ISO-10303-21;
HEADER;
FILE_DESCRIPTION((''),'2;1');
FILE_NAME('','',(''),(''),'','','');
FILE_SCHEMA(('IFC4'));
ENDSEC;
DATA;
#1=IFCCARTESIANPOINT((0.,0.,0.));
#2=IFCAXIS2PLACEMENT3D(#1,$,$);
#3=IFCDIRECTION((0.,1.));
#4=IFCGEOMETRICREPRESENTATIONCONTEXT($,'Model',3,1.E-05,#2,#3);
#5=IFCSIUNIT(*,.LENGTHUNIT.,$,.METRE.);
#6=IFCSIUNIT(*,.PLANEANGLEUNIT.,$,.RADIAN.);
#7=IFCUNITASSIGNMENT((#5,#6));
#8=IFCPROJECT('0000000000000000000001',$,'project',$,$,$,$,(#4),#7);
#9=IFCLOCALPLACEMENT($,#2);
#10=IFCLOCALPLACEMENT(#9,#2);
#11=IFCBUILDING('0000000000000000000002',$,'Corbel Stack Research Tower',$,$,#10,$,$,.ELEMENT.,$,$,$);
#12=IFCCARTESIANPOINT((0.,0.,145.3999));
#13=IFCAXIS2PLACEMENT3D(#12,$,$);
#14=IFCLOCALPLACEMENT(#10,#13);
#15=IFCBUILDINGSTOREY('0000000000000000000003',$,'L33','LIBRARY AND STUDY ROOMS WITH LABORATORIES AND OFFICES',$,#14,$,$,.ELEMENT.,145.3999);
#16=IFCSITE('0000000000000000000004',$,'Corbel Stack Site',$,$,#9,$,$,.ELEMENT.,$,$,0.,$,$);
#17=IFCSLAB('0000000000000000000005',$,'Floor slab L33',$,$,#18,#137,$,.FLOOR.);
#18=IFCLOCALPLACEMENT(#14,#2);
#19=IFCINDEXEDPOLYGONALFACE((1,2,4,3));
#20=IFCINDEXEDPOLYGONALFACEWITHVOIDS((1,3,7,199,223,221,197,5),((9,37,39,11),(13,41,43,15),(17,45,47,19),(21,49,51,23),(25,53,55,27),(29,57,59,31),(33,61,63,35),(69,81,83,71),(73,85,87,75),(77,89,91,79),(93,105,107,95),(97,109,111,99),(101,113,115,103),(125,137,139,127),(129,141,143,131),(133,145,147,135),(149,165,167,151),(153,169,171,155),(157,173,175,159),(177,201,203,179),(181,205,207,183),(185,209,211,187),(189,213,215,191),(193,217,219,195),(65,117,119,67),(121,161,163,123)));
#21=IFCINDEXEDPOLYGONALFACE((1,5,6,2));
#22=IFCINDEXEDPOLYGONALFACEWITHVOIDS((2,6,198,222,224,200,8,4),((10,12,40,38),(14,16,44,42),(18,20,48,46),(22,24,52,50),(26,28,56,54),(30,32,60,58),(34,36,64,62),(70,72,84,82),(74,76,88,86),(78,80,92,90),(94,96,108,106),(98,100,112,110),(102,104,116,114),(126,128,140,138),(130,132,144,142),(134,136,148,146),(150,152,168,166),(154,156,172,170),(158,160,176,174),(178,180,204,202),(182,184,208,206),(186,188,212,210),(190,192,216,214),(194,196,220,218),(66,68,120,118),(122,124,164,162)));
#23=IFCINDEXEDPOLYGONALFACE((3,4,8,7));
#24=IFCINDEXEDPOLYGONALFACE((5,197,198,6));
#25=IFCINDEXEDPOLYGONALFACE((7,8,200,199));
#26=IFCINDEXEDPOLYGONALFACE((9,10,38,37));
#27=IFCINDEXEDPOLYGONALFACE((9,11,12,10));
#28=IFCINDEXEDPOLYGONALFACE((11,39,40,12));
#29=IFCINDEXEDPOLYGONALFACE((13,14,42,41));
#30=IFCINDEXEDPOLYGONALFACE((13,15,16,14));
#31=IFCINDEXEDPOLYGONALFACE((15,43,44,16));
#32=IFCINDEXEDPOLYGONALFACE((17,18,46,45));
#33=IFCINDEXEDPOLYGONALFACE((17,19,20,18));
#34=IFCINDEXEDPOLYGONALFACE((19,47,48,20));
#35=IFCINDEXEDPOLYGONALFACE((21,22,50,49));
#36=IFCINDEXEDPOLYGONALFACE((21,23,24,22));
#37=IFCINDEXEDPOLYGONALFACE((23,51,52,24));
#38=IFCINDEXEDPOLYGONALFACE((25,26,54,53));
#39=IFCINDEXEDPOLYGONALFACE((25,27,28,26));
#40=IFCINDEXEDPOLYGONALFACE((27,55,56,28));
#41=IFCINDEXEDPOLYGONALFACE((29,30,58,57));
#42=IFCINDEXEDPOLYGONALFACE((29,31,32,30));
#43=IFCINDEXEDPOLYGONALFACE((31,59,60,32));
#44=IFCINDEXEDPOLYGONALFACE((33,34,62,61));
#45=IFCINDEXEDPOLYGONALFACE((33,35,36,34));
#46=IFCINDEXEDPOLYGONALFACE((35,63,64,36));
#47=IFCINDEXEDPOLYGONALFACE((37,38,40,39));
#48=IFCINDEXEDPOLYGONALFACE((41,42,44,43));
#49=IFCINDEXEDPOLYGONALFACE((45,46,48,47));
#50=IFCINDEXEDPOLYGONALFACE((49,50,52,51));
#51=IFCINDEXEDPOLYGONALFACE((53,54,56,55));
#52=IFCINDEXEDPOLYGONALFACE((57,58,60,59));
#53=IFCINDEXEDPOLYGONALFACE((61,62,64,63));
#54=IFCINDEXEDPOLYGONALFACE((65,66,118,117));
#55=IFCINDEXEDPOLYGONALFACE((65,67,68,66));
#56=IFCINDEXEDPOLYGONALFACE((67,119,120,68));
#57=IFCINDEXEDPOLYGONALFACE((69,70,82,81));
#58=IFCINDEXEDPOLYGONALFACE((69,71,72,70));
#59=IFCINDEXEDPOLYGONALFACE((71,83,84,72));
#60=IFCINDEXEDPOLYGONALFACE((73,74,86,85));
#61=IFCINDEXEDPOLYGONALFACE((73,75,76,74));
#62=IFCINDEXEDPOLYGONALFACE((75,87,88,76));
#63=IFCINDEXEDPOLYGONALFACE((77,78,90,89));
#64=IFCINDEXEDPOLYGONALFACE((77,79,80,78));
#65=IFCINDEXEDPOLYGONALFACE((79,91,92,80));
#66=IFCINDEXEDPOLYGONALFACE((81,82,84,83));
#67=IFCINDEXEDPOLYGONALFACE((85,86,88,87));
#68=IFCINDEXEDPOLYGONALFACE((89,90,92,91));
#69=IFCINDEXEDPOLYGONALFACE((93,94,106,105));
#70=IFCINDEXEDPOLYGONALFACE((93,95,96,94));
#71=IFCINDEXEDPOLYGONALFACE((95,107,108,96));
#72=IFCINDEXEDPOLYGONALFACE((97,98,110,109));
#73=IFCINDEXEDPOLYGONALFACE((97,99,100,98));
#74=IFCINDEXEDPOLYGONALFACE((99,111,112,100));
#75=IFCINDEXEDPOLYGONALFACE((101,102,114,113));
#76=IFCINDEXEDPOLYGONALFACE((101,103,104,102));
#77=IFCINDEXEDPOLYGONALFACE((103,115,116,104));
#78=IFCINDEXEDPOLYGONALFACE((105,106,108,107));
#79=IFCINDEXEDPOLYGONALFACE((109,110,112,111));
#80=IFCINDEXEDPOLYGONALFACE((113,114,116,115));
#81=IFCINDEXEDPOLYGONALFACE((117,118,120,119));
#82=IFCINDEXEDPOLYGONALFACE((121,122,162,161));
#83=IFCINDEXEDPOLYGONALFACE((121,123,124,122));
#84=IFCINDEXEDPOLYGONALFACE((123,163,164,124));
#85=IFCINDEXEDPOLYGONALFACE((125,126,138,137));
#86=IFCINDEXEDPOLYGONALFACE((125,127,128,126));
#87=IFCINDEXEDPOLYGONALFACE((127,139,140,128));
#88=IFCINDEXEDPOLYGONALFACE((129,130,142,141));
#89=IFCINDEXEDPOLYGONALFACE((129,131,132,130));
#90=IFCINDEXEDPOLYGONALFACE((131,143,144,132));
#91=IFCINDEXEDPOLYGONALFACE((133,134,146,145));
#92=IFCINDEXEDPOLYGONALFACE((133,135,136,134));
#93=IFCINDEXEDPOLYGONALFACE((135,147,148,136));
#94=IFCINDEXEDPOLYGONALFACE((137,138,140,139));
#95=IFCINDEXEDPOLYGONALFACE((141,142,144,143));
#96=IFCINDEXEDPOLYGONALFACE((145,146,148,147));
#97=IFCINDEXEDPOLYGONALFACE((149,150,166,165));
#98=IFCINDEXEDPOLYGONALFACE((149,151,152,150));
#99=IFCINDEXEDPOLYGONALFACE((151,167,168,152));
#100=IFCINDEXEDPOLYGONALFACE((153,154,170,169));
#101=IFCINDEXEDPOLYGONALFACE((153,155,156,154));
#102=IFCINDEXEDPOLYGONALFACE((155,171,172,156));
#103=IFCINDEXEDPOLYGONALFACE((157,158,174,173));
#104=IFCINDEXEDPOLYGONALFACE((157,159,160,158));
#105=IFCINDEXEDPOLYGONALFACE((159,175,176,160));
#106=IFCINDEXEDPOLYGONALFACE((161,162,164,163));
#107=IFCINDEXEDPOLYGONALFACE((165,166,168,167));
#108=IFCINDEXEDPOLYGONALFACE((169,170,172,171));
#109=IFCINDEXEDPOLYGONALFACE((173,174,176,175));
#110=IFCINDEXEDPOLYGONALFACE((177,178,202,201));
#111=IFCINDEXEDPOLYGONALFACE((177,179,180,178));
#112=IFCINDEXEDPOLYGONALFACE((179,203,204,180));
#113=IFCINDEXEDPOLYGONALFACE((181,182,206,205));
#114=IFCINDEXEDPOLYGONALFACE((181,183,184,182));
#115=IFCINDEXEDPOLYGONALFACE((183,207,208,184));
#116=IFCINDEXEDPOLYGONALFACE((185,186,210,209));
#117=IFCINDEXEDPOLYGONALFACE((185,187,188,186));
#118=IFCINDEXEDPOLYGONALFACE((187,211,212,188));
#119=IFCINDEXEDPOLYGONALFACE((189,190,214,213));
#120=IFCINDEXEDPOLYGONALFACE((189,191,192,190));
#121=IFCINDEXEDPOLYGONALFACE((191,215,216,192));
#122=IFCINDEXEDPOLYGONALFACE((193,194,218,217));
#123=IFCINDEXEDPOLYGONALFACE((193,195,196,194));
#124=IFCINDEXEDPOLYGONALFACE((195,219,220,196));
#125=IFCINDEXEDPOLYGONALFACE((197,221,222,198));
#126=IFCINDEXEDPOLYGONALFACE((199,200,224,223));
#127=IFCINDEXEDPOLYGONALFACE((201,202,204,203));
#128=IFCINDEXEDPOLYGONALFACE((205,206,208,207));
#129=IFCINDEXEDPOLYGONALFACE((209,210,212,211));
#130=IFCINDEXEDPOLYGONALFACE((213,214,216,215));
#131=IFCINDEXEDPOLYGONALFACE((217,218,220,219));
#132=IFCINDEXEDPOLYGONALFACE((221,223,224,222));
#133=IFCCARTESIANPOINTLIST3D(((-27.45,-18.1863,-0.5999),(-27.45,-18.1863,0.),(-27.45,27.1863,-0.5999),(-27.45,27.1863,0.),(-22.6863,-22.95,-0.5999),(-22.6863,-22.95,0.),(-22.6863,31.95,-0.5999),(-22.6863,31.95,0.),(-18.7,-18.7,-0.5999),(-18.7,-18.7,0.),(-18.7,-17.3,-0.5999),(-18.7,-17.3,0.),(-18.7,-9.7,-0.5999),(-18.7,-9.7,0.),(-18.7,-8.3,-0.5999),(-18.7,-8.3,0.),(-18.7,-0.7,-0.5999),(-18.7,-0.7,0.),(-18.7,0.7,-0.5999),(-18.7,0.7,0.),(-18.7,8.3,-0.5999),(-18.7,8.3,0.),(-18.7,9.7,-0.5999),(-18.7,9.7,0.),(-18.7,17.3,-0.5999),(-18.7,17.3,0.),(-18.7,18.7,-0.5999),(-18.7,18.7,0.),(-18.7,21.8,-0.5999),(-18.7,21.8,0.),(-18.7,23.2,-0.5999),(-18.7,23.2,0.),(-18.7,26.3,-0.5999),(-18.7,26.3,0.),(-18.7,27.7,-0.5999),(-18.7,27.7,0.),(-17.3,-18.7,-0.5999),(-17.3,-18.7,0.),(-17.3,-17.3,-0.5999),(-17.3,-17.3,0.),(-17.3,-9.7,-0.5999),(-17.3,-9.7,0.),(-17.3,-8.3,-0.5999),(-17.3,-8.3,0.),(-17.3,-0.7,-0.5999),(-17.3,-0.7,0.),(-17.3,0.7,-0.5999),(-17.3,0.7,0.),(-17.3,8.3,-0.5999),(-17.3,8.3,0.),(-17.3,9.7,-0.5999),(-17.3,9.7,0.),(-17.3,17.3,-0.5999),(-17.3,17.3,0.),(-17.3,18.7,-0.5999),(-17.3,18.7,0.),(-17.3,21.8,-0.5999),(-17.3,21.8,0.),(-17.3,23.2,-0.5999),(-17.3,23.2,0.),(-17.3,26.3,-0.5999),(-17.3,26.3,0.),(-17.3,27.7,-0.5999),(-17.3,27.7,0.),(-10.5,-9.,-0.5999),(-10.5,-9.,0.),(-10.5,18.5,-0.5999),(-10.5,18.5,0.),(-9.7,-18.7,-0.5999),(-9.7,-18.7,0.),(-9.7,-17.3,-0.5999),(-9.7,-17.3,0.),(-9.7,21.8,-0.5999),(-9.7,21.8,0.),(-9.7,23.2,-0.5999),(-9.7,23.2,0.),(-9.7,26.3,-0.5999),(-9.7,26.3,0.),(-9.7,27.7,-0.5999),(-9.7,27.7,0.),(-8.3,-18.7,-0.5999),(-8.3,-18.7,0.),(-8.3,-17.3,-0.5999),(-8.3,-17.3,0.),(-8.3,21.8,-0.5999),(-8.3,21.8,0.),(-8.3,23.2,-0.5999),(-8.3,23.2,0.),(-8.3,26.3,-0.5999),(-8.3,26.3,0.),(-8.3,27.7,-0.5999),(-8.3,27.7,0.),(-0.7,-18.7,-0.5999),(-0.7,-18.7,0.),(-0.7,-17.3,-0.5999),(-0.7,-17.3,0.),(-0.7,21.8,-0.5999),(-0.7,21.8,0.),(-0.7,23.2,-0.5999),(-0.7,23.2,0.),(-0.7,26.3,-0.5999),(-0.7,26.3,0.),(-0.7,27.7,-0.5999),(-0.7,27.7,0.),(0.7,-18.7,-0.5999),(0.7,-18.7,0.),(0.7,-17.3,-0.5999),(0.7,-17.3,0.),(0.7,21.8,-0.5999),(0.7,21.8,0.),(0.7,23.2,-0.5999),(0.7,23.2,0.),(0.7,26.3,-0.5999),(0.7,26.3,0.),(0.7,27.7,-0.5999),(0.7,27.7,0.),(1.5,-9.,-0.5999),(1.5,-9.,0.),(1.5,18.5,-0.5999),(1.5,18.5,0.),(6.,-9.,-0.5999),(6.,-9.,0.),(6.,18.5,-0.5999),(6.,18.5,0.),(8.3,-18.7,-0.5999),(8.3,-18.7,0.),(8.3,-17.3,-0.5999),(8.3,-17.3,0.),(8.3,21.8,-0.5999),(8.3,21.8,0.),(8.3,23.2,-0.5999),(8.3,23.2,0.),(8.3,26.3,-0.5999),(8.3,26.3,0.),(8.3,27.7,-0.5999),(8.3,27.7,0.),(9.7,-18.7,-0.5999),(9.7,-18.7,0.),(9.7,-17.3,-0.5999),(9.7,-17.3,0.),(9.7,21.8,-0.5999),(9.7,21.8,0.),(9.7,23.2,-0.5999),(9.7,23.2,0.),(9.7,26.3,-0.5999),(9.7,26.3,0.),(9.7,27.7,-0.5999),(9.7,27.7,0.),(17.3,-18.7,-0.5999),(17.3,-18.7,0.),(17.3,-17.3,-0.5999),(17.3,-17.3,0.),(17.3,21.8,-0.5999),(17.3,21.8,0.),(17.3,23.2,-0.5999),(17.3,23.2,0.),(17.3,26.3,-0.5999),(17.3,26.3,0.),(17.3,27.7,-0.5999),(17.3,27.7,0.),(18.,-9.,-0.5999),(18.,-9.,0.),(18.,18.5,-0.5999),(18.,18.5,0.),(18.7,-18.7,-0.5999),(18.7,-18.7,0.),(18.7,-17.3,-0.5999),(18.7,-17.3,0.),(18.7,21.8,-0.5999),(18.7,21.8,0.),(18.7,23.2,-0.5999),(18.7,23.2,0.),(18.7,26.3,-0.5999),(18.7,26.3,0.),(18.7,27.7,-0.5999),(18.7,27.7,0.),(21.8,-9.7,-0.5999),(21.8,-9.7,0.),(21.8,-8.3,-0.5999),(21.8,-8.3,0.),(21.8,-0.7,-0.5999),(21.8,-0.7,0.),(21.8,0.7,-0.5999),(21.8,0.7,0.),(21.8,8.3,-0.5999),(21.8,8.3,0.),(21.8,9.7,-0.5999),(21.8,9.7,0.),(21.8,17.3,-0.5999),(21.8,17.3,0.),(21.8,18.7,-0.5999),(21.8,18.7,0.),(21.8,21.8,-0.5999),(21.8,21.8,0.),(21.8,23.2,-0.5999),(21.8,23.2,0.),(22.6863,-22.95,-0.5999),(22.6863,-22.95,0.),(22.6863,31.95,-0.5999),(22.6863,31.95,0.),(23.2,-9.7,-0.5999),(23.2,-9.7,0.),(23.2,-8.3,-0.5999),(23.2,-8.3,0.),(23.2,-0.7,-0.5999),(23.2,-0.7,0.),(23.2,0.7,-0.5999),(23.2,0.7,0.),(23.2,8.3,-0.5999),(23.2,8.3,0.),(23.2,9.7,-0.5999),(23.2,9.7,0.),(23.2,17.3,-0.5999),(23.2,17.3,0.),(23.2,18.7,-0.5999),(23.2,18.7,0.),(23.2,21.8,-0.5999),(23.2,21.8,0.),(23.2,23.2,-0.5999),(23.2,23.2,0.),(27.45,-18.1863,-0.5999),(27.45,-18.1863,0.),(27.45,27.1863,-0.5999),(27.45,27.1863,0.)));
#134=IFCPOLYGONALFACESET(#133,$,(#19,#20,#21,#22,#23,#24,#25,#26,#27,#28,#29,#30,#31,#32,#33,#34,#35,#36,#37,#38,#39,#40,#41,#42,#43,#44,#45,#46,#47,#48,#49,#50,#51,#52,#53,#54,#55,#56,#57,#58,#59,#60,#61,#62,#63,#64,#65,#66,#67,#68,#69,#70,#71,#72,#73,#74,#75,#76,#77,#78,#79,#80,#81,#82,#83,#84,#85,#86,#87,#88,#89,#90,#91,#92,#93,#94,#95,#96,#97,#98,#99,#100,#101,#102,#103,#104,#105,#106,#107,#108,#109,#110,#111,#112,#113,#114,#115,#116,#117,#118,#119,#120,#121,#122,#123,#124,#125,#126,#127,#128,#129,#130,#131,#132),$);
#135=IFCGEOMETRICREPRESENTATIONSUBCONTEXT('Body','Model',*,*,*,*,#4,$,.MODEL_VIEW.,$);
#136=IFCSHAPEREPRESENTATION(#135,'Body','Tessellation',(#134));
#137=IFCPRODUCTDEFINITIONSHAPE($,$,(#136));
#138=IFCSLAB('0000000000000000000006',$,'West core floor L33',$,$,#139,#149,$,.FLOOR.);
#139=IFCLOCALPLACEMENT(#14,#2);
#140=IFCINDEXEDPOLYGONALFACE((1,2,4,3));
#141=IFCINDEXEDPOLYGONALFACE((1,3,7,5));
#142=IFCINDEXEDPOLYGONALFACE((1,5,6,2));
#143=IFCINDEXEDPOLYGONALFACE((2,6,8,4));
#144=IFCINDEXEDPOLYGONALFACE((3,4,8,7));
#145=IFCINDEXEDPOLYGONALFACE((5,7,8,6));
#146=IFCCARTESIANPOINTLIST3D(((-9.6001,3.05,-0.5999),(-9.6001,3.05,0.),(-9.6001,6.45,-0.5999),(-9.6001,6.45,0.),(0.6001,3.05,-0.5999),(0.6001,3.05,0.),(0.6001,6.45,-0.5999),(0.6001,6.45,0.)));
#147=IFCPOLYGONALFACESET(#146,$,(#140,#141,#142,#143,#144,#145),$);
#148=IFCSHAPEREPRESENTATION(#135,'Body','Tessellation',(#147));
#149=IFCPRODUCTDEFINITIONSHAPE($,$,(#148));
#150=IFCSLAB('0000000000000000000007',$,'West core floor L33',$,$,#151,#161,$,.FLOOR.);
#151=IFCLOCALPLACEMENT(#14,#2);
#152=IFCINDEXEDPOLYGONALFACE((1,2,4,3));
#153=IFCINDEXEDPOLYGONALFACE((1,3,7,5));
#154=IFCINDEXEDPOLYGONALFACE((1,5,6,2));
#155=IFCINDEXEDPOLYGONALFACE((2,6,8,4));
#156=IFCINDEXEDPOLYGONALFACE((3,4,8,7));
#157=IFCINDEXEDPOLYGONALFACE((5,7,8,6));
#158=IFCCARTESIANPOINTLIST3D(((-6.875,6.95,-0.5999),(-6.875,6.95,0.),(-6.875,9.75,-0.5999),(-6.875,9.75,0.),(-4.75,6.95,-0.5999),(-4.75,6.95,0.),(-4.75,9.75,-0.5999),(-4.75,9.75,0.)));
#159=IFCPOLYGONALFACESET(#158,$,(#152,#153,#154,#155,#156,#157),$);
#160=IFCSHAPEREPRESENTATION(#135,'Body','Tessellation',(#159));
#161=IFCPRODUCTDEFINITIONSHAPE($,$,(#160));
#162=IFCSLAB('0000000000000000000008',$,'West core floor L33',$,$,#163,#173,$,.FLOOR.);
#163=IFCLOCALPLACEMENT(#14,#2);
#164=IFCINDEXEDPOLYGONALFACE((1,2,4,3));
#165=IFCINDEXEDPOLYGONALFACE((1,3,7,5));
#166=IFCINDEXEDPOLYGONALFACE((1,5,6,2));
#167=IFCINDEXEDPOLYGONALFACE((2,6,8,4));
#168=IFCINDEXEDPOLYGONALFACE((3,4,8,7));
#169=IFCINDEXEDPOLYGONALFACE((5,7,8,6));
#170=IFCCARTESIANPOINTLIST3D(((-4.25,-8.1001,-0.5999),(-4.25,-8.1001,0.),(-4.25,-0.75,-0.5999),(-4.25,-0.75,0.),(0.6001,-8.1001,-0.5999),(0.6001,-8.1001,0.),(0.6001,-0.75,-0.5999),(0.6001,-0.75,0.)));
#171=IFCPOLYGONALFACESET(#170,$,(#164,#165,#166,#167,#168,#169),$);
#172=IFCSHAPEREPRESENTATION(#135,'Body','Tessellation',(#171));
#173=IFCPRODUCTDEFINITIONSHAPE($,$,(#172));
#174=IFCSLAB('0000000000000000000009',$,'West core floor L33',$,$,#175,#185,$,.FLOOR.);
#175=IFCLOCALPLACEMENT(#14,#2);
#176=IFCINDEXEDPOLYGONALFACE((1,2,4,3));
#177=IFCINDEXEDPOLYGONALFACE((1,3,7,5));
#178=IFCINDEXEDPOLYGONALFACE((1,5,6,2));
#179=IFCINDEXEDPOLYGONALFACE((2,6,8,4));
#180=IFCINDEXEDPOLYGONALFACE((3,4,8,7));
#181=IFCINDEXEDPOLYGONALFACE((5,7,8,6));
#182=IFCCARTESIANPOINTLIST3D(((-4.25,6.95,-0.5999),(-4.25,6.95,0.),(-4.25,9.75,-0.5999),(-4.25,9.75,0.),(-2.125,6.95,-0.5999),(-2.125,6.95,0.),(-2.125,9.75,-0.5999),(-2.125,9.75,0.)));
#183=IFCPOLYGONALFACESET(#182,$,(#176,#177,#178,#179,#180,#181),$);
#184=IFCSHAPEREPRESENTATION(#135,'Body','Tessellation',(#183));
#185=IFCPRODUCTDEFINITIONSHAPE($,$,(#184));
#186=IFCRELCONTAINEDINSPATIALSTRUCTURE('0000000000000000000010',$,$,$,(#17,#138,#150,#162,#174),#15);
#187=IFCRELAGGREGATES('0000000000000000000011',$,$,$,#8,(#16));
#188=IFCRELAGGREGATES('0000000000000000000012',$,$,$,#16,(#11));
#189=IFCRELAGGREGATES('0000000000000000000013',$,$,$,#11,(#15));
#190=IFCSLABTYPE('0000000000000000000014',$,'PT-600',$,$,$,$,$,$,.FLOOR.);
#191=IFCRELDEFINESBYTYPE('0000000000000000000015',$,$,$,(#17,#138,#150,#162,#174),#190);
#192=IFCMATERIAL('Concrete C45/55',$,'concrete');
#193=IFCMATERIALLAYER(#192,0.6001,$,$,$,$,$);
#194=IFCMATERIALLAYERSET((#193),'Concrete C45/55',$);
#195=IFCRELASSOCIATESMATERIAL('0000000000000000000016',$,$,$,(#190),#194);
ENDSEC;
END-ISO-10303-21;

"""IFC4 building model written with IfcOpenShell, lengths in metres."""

from ifc_helpers import new_model, si_unit, direction, frame, origin, place, context, subcontext, project, spatial, polyline, outline, extrude, material, layer, layer_set, type_object, element, save


model = new_model("IFC4")

# Units and contexts
model_context = context("Model", 3, precision=1e-05, world=origin(), true_north=direction((0.0, 1.0)))
body_context = subcontext(model_context, "Body", "Model", "MODEL_VIEW")
ifc_project = project(units=[si_unit("LENGTHUNIT", "METRE"), si_unit("PLANEANGLEUNIT", "RADIAN")], contexts=[model_context])

# Site, building, storey
site_placement = place(None, origin())
site = spatial("IfcSite", under=ifc_project, at=site_placement, Name="Corbel Stack Site", CompositionType="ELEMENT", RefElevation=0.0)
building_placement = place(site_placement, origin())
building = spatial("IfcBuilding", under=site, at=building_placement, Name="Corbel Stack Research Tower", CompositionType="ELEMENT")
storey_placement = place(building_placement, frame((0.0, 0.0, 145.3999)))
storey = spatial("IfcBuildingStorey", under=building, at=storey_placement, Name="L33", Description="LIBRARY AND STUDY ROOMS WITH LABORATORIES AND OFFICES", CompositionType="ELEMENT", Elevation=145.3999)

# Slabs
ifc_material_1 = material(Name="Concrete C45/55", Category="concrete")
ifc_layer_1 = layer(ifc_material_1, 0.6001)
ifc_layer_set_1 = layer_set([ifc_layer_1], Name="Concrete C45/55")
slab_type = type_object("IfcSlabType", Name="PT-600", PredefinedType="FLOOR", material=ifc_layer_set_1)
slab_1_placement = place(storey_placement, frame((0.0, 0.0, -0.5999)))
element("IfcSlab", 1, at=slab_1_placement, inside=storey, type_object=slab_type, Name="Floor slab L33", PredefinedType="FLOOR", context=body_context, shape_type="SweptSolid", body=[
    extrude(outline(polyline([(-22.6863, -22.95), (22.6863, -22.95), (27.45, -18.1863), (27.45, 27.1863), (22.6863, 31.95), (-22.6863, 31.95), (-27.45, 27.1863), (-27.45, -18.1863), (-22.6863, -22.95)]), holes=[polyline([(21.8, 21.8), (21.8, 23.2), (23.2, 23.2), (23.2, 21.8), (21.8, 21.8)]), polyline([(23.2, 17.3), (21.8, 17.3), (21.8, 18.7), (23.2, 18.7), (23.2, 17.3)]), polyline([(21.8, 8.3), (21.8, 9.7), (23.2, 9.7), (23.2, 8.3), (21.8, 8.3)]), polyline([(23.2, -0.7), (21.8, -0.7), (21.8, 0.7), (23.2, 0.7), (23.2, -0.7)]), polyline([(21.8, -9.7), (21.8, -8.3), (23.2, -8.3), (23.2, -9.7), (21.8, -9.7)]), polyline([(17.3, 26.3), (17.3, 27.7), (18.7, 27.7), (18.7, 26.3), (17.3, 26.3)]), polyline([(17.3, 21.8), (17.3, 23.2), (18.7, 23.2), (18.7, 21.8), (17.3, 21.8)]), polyline([(17.3, -18.7), (17.3, -17.3), (18.7, -17.3), (18.7, -18.7), (17.3, -18.7)]), polyline([(6.0, -9.0), (6.0, 18.5), (18.0, 18.5), (18.0, -9.0), (6.0, -9.0)]), polyline([(8.3, 26.3), (8.3, 27.7), (9.7, 27.7), (9.7, 26.3), (8.3, 26.3)]), polyline([(8.3, 21.8), (8.3, 23.2), (9.7, 23.2), (9.7, 21.8), (8.3, 21.8)]), polyline([(9.7, -18.7), (8.3, -18.7), (8.3, -17.3), (9.7, -17.3), (9.7, -18.7)]), polyline([(-10.5, -9.0), (-10.5, 18.5), (1.5, 18.5), (1.5, -9.0), (-10.5, -9.0)]), polyline([(-0.7, 26.3), (-0.7, 27.7), (0.7, 27.7), (0.7, 26.3), (-0.7, 26.3)]), polyline([(-0.7, 21.8), (-0.7, 23.2), (0.7, 23.2), (0.7, 21.8), (-0.7, 21.8)]), polyline([(-0.7, -18.7), (-0.7, -17.3), (0.7, -17.3), (0.7, -18.7), (-0.7, -18.7)]), polyline([(-9.7, 26.3), (-9.7, 27.7), (-8.3, 27.7), (-8.3, 26.3), (-9.7, 26.3)]), polyline([(-9.7, 21.8), (-9.7, 23.2), (-8.3, 23.2), (-8.3, 21.8), (-9.7, 21.8)]), polyline([(-9.7, -18.7), (-9.7, -17.3), (-8.3, -17.3), (-8.3, -18.7), (-9.7, -18.7)]), polyline([(-18.7, 26.3), (-18.7, 27.7), (-17.3, 27.7), (-17.3, 26.3), (-18.7, 26.3)]), polyline([(-18.7, 21.8), (-18.7, 23.2), (-17.3, 23.2), (-17.3, 21.8), (-18.7, 21.8)]), polyline([(-18.7, 17.3), (-18.7, 18.7), (-17.3, 18.7), (-17.3, 17.3), (-18.7, 17.3)]), polyline([(-17.3, 8.3), (-18.7, 8.3), (-18.7, 9.7), (-17.3, 9.7), (-17.3, 8.3)]), polyline([(-18.7, -0.7), (-18.7, 0.7), (-17.3, 0.7), (-17.3, -0.7), (-18.7, -0.7)]), polyline([(-17.3, -9.7), (-18.7, -9.7), (-18.7, -8.3), (-17.3, -8.3), (-17.3, -9.7)]), polyline([(-17.3, -18.7), (-18.7, -18.7), (-18.7, -17.3), (-17.3, -17.3), (-17.3, -18.7)])]), origin(), (0.0, 0.0, 1.0), 0.5999),
])
slab_2_placement = place(storey_placement, frame((0.0, 0.0, -0.5999)))
element("IfcSlab", 2, at=slab_2_placement, inside=storey, type_object=slab_type, Name="West core floor L33", PredefinedType="FLOOR", context=body_context, shape_type="SweptSolid", body=[
    extrude(outline(polyline([(0.6001, 6.45), (-9.6001, 6.45), (-9.6001, 3.05), (0.6001, 3.05), (0.6001, 6.45)])), origin(), (0.0, 0.0, 1.0), 0.5999),
])
slab_3_placement = place(storey_placement, frame((0.0, 0.0, -0.5999)))
element("IfcSlab", 3, at=slab_3_placement, inside=storey, type_object=slab_type, Name="West core floor L33", PredefinedType="FLOOR", context=body_context, shape_type="SweptSolid", body=[
    extrude(outline(polyline([(-6.875, 6.95), (-4.75, 6.95), (-4.75, 9.75), (-6.875, 9.75), (-6.875, 6.95)])), origin(), (0.0, 0.0, 1.0), 0.5999),
])
slab_4_placement = place(storey_placement, frame((0.0, 0.0, -0.5999)))
element("IfcSlab", 4, at=slab_4_placement, inside=storey, type_object=slab_type, Name="West core floor L33", PredefinedType="FLOOR", context=body_context, shape_type="SweptSolid", body=[
    extrude(outline(polyline([(0.6001, -8.1001), (0.6001, -0.75), (-4.25, -0.75), (-4.25, -8.1001), (0.6001, -8.1001)])), origin(), (0.0, 0.0, 1.0), 0.5999),
])
slab_5_placement = place(storey_placement, frame((0.0, 0.0, -0.5999)))
element("IfcSlab", 5, at=slab_5_placement, inside=storey, type_object=slab_type, Name="West core floor L33", PredefinedType="FLOOR", context=body_context, shape_type="SweptSolid", body=[
    extrude(outline(polyline([(-2.125, 6.95), (-2.125, 9.75), (-4.25, 9.75), (-4.25, 6.95), (-2.125, 6.95)])), origin(), (0.0, 0.0, 1.0), 0.5999),
])

save(model, "model.ifc")
